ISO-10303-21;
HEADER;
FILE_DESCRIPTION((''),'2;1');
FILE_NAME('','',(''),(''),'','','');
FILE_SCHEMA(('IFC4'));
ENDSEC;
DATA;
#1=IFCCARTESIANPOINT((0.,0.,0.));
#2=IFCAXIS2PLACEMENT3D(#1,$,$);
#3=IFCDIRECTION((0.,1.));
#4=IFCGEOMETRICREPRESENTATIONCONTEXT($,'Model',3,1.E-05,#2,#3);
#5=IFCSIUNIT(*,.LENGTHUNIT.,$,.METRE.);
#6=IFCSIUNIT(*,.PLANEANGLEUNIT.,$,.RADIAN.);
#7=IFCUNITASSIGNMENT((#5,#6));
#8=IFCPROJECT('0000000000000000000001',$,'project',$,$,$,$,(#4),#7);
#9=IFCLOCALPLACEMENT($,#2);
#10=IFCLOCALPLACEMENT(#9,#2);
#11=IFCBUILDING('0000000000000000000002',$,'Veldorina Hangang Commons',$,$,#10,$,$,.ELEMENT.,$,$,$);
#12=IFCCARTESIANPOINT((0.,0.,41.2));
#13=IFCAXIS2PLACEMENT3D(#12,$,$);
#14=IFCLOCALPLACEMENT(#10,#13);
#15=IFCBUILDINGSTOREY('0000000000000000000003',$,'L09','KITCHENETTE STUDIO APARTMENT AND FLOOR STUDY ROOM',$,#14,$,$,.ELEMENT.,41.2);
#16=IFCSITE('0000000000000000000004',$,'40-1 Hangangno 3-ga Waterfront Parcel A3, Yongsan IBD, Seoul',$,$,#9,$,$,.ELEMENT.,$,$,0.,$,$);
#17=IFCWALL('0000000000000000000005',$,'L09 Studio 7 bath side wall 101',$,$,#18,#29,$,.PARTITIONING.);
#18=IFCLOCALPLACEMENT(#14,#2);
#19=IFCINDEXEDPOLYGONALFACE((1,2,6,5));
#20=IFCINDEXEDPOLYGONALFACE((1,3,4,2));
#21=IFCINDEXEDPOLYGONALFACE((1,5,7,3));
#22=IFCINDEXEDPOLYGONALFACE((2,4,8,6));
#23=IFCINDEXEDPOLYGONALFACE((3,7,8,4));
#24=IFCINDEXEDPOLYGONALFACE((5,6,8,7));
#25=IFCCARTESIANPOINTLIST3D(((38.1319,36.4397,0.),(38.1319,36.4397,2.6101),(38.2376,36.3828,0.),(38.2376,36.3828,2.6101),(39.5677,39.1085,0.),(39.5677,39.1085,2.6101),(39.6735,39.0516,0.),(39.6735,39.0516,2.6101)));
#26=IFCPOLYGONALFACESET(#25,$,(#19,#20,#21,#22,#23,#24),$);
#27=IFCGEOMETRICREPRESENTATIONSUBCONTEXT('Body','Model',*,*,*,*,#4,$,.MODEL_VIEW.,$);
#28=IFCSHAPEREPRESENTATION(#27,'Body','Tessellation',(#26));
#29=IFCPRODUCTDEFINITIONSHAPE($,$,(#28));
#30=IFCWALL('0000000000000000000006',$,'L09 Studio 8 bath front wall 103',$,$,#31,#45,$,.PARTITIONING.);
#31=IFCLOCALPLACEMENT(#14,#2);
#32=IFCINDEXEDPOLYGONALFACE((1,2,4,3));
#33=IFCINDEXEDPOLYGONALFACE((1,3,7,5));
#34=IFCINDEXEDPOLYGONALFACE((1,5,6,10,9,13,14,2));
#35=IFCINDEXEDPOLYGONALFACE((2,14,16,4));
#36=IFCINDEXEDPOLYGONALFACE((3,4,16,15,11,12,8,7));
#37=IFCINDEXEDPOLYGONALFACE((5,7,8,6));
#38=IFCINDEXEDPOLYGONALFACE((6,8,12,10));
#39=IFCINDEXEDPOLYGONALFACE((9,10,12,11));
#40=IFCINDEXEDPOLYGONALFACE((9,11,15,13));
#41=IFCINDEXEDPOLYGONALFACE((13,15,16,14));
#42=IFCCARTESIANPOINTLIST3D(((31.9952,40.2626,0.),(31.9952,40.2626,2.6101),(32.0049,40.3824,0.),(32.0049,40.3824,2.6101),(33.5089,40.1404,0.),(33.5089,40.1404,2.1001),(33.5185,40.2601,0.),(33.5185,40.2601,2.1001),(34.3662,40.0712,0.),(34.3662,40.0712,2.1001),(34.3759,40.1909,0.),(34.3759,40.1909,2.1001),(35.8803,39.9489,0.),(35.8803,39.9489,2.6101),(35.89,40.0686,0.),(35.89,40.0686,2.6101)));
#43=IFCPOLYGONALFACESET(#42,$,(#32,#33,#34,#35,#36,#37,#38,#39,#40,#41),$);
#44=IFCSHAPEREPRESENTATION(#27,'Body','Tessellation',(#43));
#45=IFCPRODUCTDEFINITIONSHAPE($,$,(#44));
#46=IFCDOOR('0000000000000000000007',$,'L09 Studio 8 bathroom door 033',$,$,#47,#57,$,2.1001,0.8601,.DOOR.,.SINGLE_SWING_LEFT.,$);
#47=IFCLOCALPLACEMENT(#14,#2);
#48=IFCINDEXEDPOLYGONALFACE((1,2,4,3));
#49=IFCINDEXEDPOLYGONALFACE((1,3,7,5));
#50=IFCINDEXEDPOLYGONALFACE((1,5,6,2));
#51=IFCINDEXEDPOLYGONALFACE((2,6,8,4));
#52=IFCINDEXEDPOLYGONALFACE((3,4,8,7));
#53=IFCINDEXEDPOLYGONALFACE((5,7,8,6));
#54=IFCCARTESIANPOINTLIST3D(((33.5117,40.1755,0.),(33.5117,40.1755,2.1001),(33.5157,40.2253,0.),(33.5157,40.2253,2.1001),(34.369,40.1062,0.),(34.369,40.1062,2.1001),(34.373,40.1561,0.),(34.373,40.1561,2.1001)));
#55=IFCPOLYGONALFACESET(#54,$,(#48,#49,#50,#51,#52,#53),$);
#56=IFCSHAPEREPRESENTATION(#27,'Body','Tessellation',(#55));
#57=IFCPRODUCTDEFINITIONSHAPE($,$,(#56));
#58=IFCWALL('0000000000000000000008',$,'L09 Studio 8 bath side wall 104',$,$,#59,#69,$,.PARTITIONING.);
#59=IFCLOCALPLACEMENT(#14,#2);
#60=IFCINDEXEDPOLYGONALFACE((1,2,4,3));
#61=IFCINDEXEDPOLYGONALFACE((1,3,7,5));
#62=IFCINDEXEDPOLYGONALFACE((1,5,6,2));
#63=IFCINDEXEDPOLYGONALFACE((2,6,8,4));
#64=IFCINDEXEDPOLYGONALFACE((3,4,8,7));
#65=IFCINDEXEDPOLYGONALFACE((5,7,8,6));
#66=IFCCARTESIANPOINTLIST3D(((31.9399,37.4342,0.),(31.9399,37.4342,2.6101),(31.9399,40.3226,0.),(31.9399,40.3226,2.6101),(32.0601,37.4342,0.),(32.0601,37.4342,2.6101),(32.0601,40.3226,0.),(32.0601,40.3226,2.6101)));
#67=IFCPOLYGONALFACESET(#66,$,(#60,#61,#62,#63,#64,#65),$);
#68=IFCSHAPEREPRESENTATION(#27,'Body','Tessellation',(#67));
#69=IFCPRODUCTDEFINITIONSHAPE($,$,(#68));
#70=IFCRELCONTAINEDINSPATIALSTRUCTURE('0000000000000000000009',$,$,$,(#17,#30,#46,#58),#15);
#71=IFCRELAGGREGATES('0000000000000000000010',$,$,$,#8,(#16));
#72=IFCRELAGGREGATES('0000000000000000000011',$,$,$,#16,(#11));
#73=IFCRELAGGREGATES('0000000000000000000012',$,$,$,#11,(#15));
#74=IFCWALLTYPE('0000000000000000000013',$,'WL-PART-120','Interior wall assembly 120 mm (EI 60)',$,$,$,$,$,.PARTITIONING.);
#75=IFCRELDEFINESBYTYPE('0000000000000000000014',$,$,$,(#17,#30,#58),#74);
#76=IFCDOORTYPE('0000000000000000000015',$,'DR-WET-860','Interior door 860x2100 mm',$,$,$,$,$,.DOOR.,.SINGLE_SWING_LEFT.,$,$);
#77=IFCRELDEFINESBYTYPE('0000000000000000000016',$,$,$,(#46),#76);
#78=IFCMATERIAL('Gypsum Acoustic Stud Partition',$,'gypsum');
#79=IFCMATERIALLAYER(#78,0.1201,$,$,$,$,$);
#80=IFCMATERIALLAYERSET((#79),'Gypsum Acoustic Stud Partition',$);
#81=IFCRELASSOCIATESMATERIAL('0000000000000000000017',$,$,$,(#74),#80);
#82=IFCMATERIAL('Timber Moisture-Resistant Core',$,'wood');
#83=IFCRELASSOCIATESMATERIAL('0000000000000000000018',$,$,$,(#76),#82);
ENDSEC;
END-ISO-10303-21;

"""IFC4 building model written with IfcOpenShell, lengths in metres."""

from ifc_helpers import new_model, si_unit, direction, frame, frame_2d, origin, place, context, subcontext, project, spatial, rectangle, extrude, material, layer, layer_set, type_object, element, fill, save


model = new_model("IFC4")

# Units and contexts
model_context = context("Model", 3, precision=1e-05, world=origin(), true_north=direction((0.0, 1.0)))
body_context = subcontext(model_context, "Body", "Model", "MODEL_VIEW")
ifc_project = project(units=[si_unit("LENGTHUNIT", "METRE"), si_unit("PLANEANGLEUNIT", "RADIAN")], contexts=[model_context])

# Site, building, storey
site_placement = place(None, origin())
site = spatial("IfcSite", under=ifc_project, at=site_placement, Name="40-1 Hangangno 3-ga Waterfront Parcel A3, Yongsan IBD, Seoul", CompositionType="ELEMENT", RefElevation=0.0)
building_placement = place(site_placement, origin())
building = spatial("IfcBuilding", under=site, at=building_placement, Name="Veldorina Hangang Commons", CompositionType="ELEMENT")
storey_placement = place(building_placement, frame((0.0, 0.0, 41.2)))
storey = spatial("IfcBuildingStorey", under=building, at=storey_placement, Name="L09", Description="KITCHENETTE STUDIO APARTMENT AND FLOOR STUDY ROOM", CompositionType="ELEMENT", Elevation=41.2)

# Shared definitions
ifc_material_1 = material(Name="Gypsum Acoustic Stud Partition", Category="gypsum")
ifc_layer_1 = layer(ifc_material_1, 0.1201)
ifc_layer_set_1 = layer_set([ifc_layer_1], Name="Gypsum Acoustic Stud Partition")
wall_type_1 = type_object("IfcWallType", Name="WL-PART-120", Description="Interior wall assembly 120 mm (EI 60)", PredefinedType="PARTITIONING", material=ifc_layer_set_1)
ifc_material_2 = material(Name="Timber Moisture-Resistant Core", Category="wood")
door_type_1 = type_object("IfcDoorType", Name="DR-WET-860", Description="Interior door 860x2100 mm", OperationType="SINGLE_SWING_LEFT", PredefinedType="DOOR", material=ifc_material_2)

# Wall
wall_1_placement = place(storey_placement, frame((38.1848, 36.4114, 0.0), z_axis=(0.0, 0.0, 1.0), x_axis=(0.473792, 0.880637, 0.0)))
element("IfcWall", 1, at=wall_1_placement, inside=storey, type_object=wall_type_1, Name="L09 Studio 7 bath side wall 101", PredefinedType="PARTITIONING", context=body_context, shape_type="SweptSolid", body=[
    extrude(rectangle(XDim=3.0305, YDim=0.1201, at=frame_2d((1.5151, 0.0))), origin(), (0.0, 0.0, 1.0), 2.6101),
])

# Wall, opening, door
wall_2_placement = place(storey_placement, frame((35.885, 40.0088, 0.0), z_axis=(0.0, 0.0, 1.0), x_axis=(-0.996755, 0.08049, 0.0)))
wall_2 = element("IfcWall", 2, at=wall_2_placement, inside=storey, type_object=wall_type_1, Name="L09 Studio 8 bath front wall 103", PredefinedType="PARTITIONING", context=body_context, shape_type="SweptSolid", body=[
    extrude(rectangle(XDim=3.8977, YDim=0.1201, at=frame_2d((1.9487, 0.0))), origin(), (0.0, 0.0, 1.0), 2.6101),
])
opening_1_placement = place(wall_2_placement, frame((1.5188, 0.0, 0.0)))
opening_1 = element("IfcOpeningElement", 3, at=opening_1_placement, cuts=wall_2, PredefinedType="OPENING", context=body_context, shape_type="SweptSolid", body=[
    extrude(rectangle(XDim=0.8601, YDim=2.1001, at=frame_2d((0.4302, 1.05))), frame((0.0, 0.0701, 0.0), z_axis=(0.0, -1.0, 0.0), x_axis=(1.0, 0.0, 0.0)), (0.0, 0.0, 1.0), 0.1401),
])
door_1_placement = place(opening_1_placement, origin())
door_1 = element("IfcDoor", 4, at=door_1_placement, inside=storey, type_object=door_type_1, Name="L09 Studio 8 bathroom door 033", OperationType="SINGLE_SWING_LEFT", OverallHeight=2.1001, OverallWidth=0.8601, PredefinedType="DOOR", context=body_context, shape_type="SweptSolid", body=[
    extrude(rectangle(XDim=0.8601, YDim=2.1001, at=frame_2d((0.4302, 1.05))), frame((0.0, 0.0249, 0.0), z_axis=(0.0, -1.0, 0.0), x_axis=(1.0, 0.0, 0.0)), (0.0, 0.0, 1.0), 0.05),
])
fill(opening_1, door_1)

# Wall
wall_3_placement = place(storey_placement, frame((32.0, 37.4341, 0.0), z_axis=(0.0, 0.0, 1.0), x_axis=(0.0, 1.0, 0.0)))
element("IfcWall", 5, at=wall_3_placement, inside=storey, type_object=wall_type_1, Name="L09 Studio 8 bath side wall 104", PredefinedType="PARTITIONING", context=body_context, shape_type="SweptSolid", body=[
    extrude(rectangle(XDim=2.8884, YDim=0.1201, at=frame_2d((1.4443, 0.0))), origin(), (0.0, 0.0, 1.0), 2.6101),
])

save(model, "model.ifc")
